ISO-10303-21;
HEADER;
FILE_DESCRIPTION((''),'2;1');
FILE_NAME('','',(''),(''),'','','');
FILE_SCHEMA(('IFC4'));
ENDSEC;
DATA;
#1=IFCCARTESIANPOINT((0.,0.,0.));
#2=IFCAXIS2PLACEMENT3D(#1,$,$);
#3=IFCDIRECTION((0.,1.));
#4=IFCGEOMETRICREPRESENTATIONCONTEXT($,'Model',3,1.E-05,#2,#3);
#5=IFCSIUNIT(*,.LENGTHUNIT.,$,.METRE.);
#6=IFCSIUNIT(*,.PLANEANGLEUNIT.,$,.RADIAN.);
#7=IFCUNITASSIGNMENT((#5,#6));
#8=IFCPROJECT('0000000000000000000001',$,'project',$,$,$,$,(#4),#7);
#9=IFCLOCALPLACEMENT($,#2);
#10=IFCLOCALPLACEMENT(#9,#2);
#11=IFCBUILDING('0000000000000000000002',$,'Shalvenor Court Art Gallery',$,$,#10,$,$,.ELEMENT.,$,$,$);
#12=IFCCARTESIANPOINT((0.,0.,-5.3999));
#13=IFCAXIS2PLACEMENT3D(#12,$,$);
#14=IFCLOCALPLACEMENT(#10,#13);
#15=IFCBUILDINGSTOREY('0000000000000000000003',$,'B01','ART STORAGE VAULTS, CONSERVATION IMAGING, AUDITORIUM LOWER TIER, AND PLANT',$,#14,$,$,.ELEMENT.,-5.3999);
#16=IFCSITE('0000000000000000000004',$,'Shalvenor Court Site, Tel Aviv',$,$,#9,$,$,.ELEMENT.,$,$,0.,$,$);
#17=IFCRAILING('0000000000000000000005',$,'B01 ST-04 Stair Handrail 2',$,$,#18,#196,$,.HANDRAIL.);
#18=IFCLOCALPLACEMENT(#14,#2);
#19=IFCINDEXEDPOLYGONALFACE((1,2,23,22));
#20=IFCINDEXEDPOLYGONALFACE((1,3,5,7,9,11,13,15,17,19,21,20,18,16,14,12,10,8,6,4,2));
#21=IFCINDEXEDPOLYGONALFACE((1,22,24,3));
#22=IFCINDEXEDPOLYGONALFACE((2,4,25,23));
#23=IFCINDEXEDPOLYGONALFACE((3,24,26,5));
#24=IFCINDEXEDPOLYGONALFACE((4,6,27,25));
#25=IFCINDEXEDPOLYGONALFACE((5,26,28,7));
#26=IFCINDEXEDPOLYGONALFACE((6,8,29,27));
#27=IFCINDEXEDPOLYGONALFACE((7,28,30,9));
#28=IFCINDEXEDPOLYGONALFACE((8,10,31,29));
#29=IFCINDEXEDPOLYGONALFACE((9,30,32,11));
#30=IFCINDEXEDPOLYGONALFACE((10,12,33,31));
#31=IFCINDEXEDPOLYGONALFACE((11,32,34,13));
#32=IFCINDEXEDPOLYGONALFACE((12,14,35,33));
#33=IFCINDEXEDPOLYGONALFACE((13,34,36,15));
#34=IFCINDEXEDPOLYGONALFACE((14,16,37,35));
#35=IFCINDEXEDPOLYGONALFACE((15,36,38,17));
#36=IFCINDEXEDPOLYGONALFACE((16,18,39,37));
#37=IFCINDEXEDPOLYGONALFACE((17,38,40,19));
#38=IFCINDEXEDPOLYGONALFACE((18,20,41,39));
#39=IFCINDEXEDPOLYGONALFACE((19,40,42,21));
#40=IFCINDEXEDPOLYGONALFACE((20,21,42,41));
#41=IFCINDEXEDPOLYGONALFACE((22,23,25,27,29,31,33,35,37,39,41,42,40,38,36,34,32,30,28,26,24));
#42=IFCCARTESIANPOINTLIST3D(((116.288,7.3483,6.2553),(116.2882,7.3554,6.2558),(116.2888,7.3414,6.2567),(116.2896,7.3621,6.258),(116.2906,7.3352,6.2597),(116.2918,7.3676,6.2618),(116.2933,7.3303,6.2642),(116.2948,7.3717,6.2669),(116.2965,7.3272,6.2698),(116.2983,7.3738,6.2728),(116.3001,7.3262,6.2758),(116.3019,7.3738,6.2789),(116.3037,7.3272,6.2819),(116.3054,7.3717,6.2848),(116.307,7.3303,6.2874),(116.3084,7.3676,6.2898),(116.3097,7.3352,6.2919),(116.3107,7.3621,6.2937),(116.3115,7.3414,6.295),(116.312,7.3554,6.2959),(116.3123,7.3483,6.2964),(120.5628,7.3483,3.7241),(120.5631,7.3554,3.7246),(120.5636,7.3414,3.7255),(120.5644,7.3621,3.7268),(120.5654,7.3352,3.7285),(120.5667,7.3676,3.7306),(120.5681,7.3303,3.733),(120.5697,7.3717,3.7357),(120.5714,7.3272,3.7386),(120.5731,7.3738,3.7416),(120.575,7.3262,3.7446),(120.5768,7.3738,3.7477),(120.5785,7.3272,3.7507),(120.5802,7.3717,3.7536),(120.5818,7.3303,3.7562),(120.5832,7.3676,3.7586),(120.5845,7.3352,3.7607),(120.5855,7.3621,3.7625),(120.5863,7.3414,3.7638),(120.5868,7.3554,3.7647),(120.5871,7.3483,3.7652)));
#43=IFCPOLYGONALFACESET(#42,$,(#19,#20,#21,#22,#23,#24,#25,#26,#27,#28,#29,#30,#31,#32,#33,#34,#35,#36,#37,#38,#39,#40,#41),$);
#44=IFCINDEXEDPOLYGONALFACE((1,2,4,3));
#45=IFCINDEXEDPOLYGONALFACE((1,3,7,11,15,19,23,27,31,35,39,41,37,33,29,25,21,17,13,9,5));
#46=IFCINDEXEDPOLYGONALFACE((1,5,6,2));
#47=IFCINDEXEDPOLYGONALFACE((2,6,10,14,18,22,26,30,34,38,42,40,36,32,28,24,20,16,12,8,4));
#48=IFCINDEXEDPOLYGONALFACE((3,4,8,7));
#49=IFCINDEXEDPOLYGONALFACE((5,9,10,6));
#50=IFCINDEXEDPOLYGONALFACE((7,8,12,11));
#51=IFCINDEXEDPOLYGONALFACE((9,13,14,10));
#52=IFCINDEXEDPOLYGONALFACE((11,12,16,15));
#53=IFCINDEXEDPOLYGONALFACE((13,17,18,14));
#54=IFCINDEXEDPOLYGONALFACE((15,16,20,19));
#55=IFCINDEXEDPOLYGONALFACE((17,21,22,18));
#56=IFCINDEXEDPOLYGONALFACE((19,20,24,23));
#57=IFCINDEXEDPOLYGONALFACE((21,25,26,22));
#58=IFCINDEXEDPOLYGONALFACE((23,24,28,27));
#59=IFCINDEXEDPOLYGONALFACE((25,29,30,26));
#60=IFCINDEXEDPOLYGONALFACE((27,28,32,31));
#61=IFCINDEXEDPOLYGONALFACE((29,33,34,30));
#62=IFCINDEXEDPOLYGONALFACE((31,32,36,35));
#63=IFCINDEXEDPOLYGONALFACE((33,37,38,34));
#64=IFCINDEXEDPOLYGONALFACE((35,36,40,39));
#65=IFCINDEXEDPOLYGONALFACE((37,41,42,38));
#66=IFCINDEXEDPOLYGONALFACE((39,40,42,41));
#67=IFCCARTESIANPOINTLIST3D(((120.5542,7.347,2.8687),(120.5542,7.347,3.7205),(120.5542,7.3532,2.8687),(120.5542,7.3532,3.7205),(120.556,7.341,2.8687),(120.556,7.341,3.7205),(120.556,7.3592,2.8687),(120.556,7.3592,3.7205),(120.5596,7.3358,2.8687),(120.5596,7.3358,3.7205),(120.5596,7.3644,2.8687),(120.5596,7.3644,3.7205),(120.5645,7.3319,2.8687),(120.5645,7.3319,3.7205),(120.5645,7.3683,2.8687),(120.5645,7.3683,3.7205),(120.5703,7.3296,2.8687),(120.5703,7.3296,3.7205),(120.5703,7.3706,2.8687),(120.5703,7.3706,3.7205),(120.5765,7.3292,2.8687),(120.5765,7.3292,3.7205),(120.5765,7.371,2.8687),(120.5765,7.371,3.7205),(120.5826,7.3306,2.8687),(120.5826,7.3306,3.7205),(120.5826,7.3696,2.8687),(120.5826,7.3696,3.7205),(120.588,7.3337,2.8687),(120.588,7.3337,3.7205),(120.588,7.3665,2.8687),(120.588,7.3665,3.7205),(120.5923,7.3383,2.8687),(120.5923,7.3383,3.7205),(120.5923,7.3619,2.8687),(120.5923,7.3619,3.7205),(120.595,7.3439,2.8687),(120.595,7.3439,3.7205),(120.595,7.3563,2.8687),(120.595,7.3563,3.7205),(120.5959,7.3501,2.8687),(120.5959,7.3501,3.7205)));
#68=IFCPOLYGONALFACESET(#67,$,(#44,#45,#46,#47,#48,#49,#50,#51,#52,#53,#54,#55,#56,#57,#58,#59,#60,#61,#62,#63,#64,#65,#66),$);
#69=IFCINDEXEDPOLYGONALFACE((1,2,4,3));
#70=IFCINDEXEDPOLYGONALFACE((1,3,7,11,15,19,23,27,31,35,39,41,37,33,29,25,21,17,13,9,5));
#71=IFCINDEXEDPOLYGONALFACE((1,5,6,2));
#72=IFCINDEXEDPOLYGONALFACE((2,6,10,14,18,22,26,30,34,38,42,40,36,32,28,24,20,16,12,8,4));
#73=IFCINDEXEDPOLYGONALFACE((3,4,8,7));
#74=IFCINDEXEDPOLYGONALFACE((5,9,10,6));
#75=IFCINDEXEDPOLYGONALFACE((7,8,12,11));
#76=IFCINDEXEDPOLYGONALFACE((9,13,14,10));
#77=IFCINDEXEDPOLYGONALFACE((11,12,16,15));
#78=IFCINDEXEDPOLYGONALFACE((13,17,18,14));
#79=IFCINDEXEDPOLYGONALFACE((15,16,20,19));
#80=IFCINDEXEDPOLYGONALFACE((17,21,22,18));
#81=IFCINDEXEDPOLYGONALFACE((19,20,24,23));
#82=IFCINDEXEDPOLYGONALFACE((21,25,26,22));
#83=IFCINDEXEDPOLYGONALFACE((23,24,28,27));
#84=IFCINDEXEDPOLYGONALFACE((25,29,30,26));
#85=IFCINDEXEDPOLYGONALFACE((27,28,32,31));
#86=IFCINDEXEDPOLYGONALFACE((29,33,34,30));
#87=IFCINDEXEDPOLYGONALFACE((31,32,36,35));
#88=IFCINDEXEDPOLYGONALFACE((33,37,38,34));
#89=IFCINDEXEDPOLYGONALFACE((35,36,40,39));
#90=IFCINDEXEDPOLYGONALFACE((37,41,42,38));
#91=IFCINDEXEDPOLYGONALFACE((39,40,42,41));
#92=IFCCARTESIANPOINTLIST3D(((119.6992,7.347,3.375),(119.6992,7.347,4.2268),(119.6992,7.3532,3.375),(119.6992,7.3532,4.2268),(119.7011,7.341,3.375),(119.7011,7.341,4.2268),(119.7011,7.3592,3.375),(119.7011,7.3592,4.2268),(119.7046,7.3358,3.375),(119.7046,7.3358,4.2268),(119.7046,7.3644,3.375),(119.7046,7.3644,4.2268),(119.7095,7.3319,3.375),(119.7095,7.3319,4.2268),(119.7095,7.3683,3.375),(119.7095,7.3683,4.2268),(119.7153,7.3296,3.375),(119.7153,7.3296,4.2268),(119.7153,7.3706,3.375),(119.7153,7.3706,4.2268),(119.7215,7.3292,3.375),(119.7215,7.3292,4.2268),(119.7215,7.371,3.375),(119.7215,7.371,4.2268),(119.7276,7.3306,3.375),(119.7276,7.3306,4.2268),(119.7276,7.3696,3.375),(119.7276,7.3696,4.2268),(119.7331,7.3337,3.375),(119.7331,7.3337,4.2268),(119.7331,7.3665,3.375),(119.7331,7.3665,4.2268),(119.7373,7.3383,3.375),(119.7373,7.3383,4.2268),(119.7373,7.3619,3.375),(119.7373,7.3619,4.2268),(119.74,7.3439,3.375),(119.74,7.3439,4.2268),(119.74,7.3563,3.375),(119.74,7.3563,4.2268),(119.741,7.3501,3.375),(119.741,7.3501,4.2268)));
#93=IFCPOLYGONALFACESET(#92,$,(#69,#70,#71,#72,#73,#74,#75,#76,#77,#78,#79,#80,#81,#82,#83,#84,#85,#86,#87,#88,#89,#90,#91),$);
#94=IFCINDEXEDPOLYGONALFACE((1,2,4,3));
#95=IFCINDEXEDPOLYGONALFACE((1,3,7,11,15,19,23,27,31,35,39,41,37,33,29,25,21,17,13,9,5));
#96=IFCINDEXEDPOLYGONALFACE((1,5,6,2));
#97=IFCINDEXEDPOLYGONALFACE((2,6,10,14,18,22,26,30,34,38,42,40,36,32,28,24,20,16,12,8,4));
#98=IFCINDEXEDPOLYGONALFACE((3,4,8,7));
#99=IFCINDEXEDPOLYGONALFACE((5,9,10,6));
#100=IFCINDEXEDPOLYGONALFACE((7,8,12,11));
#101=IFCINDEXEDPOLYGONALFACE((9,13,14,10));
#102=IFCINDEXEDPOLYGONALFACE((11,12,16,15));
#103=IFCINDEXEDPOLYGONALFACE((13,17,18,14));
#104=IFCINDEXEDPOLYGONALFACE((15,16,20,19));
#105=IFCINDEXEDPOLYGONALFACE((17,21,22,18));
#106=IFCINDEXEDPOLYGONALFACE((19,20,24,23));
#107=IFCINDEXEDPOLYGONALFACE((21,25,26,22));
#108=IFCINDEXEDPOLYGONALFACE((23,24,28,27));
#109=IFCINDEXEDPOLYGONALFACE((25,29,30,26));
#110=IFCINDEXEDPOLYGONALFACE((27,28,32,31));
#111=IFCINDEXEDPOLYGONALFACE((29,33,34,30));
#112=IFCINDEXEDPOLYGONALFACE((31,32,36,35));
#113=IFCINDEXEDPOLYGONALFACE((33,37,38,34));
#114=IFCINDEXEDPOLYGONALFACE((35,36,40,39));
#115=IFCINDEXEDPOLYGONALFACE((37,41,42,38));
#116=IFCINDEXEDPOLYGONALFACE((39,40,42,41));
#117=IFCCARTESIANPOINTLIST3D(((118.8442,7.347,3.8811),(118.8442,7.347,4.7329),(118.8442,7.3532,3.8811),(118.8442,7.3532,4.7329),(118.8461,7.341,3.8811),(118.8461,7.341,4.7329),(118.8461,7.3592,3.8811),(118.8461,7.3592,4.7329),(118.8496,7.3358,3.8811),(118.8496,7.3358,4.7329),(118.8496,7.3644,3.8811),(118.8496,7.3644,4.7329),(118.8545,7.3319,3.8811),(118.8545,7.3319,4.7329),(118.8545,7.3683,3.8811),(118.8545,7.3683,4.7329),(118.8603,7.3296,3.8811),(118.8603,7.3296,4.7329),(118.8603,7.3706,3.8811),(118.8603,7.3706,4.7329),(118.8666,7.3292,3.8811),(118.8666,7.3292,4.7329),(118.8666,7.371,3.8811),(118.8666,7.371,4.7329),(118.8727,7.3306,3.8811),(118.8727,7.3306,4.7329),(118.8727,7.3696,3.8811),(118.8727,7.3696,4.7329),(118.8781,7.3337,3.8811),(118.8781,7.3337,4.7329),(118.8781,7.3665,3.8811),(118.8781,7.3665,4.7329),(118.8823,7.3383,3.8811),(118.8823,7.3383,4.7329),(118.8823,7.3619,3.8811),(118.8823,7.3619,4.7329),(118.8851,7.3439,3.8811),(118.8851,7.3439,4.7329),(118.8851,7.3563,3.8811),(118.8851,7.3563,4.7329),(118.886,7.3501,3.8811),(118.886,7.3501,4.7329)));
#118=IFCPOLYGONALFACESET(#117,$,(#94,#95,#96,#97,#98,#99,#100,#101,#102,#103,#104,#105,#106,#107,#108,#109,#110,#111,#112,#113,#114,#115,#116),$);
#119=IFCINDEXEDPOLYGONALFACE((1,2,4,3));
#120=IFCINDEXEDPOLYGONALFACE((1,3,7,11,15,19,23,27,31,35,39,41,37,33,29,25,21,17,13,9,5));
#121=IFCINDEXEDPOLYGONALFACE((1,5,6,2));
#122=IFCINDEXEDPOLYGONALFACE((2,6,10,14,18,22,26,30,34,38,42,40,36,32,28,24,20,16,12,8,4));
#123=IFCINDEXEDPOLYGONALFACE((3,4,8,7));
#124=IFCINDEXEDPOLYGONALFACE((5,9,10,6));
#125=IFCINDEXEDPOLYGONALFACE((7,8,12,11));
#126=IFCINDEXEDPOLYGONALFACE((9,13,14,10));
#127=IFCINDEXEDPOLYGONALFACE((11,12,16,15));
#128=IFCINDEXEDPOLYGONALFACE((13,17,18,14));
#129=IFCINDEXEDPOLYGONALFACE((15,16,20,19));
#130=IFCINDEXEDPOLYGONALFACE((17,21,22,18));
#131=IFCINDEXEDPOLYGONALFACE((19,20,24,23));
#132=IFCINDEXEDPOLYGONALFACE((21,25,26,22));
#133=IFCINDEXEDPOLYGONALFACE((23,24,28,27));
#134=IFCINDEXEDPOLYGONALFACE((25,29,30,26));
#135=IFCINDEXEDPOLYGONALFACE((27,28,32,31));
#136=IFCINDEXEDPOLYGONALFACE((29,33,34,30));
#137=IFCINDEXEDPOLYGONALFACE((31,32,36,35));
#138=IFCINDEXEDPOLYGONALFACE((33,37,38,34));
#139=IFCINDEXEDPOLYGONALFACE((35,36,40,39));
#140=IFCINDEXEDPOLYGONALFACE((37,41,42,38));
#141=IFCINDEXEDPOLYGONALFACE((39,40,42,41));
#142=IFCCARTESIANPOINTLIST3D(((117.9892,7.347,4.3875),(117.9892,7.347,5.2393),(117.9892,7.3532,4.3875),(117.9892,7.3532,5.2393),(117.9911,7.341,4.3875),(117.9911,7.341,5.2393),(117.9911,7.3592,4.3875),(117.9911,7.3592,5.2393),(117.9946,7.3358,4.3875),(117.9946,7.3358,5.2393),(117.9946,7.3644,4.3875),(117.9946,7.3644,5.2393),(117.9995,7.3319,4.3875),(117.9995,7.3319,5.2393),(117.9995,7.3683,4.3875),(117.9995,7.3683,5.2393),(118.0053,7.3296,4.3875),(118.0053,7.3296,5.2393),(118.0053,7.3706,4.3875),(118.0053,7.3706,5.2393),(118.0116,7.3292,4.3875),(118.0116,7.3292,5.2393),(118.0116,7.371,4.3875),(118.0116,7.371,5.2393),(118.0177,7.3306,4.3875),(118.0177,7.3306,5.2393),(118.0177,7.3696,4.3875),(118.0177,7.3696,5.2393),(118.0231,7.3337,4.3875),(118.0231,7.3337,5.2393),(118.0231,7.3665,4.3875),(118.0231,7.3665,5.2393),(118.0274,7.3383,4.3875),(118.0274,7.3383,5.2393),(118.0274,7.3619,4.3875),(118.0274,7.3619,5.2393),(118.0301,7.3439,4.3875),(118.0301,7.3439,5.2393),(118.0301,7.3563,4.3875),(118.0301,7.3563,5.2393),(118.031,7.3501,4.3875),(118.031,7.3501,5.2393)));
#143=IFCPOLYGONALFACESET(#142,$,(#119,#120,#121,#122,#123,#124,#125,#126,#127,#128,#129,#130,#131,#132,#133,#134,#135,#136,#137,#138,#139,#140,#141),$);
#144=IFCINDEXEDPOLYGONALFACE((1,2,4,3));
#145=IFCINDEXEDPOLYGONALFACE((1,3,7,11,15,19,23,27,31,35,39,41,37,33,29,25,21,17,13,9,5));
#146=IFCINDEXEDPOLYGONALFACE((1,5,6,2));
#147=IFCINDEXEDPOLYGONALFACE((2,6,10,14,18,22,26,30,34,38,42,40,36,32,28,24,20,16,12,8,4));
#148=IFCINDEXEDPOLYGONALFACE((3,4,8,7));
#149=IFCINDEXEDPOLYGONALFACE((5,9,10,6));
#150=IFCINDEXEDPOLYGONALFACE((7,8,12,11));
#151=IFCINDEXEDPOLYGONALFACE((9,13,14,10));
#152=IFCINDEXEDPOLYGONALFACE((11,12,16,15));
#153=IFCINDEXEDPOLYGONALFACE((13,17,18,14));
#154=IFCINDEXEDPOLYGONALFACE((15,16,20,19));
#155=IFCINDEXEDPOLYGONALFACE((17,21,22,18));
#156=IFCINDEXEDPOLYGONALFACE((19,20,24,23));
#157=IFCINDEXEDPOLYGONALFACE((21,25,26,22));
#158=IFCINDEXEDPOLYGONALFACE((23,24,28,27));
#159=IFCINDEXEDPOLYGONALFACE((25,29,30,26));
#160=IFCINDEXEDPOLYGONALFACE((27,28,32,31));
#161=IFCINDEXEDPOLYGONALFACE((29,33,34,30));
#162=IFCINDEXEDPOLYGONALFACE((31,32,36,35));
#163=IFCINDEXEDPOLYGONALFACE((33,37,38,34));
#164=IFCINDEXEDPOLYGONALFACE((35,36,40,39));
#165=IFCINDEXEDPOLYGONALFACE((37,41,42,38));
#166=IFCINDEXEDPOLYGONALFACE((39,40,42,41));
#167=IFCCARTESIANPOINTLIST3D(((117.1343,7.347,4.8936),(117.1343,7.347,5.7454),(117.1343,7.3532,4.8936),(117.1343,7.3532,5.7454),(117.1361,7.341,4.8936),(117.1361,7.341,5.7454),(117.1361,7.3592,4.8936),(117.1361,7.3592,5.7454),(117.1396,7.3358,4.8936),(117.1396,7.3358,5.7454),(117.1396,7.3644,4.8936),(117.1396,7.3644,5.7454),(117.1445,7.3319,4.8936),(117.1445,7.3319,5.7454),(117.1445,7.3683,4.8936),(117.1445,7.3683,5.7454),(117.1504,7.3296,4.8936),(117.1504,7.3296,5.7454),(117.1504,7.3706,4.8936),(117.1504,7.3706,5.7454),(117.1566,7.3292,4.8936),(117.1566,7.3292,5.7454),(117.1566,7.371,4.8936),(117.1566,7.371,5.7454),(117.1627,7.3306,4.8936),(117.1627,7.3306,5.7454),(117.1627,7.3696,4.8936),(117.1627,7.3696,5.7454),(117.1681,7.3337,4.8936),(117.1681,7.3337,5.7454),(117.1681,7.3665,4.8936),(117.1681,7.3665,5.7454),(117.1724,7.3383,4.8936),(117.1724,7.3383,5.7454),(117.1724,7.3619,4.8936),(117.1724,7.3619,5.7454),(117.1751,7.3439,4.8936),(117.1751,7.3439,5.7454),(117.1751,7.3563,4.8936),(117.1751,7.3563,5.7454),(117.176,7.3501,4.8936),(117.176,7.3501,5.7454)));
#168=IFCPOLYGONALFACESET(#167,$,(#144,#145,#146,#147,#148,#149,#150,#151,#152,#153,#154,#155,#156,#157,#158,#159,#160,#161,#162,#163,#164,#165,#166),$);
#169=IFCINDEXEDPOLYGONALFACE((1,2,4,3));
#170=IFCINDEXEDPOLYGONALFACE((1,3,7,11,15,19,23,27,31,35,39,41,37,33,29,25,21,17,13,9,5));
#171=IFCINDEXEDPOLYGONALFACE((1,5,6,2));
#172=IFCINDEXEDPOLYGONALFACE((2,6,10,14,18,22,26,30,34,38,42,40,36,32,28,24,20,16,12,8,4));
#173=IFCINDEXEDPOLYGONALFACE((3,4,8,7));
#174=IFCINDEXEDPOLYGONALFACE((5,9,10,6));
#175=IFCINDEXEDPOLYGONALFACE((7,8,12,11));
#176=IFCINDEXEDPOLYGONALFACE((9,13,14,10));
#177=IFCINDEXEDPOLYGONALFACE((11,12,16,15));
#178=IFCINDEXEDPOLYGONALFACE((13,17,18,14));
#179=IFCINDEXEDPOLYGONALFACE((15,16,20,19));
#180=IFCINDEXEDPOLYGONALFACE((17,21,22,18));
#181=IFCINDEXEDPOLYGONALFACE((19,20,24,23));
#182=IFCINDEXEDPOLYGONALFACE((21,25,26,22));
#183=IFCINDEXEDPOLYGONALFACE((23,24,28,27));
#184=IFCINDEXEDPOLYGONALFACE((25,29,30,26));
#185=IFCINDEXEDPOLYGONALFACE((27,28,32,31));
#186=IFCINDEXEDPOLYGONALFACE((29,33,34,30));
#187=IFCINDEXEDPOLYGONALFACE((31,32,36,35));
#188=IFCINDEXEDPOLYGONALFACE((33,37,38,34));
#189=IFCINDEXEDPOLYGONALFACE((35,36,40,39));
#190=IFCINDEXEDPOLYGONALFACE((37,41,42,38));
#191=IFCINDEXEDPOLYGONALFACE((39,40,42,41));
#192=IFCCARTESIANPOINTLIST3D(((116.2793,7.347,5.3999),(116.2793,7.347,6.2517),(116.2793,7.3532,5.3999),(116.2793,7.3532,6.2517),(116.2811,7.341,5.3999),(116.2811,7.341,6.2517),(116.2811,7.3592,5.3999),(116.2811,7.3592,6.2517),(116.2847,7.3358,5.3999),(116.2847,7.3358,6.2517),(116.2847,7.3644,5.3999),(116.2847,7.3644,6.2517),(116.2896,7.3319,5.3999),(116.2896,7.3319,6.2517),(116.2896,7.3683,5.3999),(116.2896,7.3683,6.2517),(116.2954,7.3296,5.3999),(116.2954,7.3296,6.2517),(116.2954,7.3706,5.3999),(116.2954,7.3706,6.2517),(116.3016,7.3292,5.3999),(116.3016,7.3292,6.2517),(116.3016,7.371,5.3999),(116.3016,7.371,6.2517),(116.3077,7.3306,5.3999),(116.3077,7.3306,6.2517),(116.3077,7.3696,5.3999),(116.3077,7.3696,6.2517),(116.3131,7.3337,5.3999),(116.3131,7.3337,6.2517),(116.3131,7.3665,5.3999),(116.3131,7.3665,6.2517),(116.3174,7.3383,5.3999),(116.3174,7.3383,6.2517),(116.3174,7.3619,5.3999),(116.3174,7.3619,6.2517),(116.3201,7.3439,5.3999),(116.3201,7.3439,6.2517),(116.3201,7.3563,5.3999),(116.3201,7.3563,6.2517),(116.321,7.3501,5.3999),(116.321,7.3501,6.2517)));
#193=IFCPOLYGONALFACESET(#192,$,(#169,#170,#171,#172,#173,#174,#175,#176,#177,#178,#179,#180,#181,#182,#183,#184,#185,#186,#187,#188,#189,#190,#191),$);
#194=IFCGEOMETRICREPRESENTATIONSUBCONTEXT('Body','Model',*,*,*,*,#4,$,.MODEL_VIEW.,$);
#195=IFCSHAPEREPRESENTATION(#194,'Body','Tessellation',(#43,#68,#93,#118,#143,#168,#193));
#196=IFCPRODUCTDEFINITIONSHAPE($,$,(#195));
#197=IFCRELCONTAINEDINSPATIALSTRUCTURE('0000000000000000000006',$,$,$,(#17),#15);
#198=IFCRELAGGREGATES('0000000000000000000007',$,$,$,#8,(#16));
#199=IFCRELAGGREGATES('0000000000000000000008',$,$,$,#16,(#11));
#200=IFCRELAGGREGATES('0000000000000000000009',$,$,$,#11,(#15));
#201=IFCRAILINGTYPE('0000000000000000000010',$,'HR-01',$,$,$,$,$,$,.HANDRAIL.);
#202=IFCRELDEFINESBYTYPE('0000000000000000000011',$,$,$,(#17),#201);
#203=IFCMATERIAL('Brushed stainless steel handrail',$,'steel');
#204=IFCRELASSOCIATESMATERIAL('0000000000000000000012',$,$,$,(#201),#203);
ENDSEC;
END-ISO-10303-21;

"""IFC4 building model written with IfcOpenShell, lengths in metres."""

from ifc_helpers import new_model, si_unit, direction, frame, origin, origin_2d, place, context, subcontext, project, spatial, circle, extrude, material, type_object, element, save


model = new_model("IFC4")

# Units and contexts
model_context = context("Model", 3, precision=1e-05, world=origin(), true_north=direction((0.0, 1.0)))
body_context = subcontext(model_context, "Body", "Model", "MODEL_VIEW")
ifc_project = project(units=[si_unit("LENGTHUNIT", "METRE"), si_unit("PLANEANGLEUNIT", "RADIAN")], contexts=[model_context])

# Site, building, storey
site_placement = place(None, origin())
site = spatial("IfcSite", under=ifc_project, at=site_placement, Name="Shalvenor Court Site, Tel Aviv", CompositionType="ELEMENT", RefElevation=0.0)
building_placement = place(site_placement, origin())
building = spatial("IfcBuilding", under=site, at=building_placement, Name="Shalvenor Court Art Gallery", CompositionType="ELEMENT")
storey_placement = place(building_placement, frame((0.0, 0.0, -5.3999)))
storey = spatial("IfcBuildingStorey", under=building, at=storey_placement, Name="B01", Description="ART STORAGE VAULTS, CONSERVATION IMAGING, AUDITORIUM LOWER TIER, AND PLANT", CompositionType="ELEMENT", Elevation=-5.3999)

# Railing
ifc_material_1 = material(Name="Brushed stainless steel handrail", Category="steel")
railing_type_1 = type_object("IfcRailingType", Name="HR-01", PredefinedType="HANDRAIL", material=ifc_material_1)
railing_1_placement = place(storey_placement, frame((120.575, 7.3501, 2.8687)))
element("IfcRailing", 1, at=railing_1_placement, inside=storey, type_object=railing_type_1, Name="B01 ST-04 Stair Handrail 2", PredefinedType="HANDRAIL", context=body_context, shape_type="SweptSolid", body=[
    extrude(circle(Radius=0.0239, at=origin_2d()), frame((0.0, 0.0, 0.876), z_axis=(-0.86047, 0.0, 0.509501), x_axis=(0.0, -1.0, 0.0)), (0.0, 0.0, 1.0), 4.968),
    extrude(circle(Radius=0.021, at=origin_2d()), origin(), (0.0, 0.0, 1.0), 0.8518),
    extrude(circle(Radius=0.021, at=origin_2d()), frame((-0.855, 0.0, 0.5063)), (0.0, 0.0, 1.0), 0.8518),
    extrude(circle(Radius=0.021, at=origin_2d()), frame((-1.71, 0.0, 1.0125)), (0.0, 0.0, 1.0), 0.8518),
    extrude(circle(Radius=0.021, at=origin_2d()), frame((-2.5649, 0.0, 1.5188)), (0.0, 0.0, 1.0), 0.8518),
    extrude(circle(Radius=0.021, at=origin_2d()), frame((-3.4199, 0.0, 2.0249)), (0.0, 0.0, 1.0), 0.8518),
    extrude(circle(Radius=0.021, at=origin_2d()), frame((-4.2749, 0.0, 2.5312)), (0.0, 0.0, 1.0), 0.8518),
])

save(model, "model.ifc")
